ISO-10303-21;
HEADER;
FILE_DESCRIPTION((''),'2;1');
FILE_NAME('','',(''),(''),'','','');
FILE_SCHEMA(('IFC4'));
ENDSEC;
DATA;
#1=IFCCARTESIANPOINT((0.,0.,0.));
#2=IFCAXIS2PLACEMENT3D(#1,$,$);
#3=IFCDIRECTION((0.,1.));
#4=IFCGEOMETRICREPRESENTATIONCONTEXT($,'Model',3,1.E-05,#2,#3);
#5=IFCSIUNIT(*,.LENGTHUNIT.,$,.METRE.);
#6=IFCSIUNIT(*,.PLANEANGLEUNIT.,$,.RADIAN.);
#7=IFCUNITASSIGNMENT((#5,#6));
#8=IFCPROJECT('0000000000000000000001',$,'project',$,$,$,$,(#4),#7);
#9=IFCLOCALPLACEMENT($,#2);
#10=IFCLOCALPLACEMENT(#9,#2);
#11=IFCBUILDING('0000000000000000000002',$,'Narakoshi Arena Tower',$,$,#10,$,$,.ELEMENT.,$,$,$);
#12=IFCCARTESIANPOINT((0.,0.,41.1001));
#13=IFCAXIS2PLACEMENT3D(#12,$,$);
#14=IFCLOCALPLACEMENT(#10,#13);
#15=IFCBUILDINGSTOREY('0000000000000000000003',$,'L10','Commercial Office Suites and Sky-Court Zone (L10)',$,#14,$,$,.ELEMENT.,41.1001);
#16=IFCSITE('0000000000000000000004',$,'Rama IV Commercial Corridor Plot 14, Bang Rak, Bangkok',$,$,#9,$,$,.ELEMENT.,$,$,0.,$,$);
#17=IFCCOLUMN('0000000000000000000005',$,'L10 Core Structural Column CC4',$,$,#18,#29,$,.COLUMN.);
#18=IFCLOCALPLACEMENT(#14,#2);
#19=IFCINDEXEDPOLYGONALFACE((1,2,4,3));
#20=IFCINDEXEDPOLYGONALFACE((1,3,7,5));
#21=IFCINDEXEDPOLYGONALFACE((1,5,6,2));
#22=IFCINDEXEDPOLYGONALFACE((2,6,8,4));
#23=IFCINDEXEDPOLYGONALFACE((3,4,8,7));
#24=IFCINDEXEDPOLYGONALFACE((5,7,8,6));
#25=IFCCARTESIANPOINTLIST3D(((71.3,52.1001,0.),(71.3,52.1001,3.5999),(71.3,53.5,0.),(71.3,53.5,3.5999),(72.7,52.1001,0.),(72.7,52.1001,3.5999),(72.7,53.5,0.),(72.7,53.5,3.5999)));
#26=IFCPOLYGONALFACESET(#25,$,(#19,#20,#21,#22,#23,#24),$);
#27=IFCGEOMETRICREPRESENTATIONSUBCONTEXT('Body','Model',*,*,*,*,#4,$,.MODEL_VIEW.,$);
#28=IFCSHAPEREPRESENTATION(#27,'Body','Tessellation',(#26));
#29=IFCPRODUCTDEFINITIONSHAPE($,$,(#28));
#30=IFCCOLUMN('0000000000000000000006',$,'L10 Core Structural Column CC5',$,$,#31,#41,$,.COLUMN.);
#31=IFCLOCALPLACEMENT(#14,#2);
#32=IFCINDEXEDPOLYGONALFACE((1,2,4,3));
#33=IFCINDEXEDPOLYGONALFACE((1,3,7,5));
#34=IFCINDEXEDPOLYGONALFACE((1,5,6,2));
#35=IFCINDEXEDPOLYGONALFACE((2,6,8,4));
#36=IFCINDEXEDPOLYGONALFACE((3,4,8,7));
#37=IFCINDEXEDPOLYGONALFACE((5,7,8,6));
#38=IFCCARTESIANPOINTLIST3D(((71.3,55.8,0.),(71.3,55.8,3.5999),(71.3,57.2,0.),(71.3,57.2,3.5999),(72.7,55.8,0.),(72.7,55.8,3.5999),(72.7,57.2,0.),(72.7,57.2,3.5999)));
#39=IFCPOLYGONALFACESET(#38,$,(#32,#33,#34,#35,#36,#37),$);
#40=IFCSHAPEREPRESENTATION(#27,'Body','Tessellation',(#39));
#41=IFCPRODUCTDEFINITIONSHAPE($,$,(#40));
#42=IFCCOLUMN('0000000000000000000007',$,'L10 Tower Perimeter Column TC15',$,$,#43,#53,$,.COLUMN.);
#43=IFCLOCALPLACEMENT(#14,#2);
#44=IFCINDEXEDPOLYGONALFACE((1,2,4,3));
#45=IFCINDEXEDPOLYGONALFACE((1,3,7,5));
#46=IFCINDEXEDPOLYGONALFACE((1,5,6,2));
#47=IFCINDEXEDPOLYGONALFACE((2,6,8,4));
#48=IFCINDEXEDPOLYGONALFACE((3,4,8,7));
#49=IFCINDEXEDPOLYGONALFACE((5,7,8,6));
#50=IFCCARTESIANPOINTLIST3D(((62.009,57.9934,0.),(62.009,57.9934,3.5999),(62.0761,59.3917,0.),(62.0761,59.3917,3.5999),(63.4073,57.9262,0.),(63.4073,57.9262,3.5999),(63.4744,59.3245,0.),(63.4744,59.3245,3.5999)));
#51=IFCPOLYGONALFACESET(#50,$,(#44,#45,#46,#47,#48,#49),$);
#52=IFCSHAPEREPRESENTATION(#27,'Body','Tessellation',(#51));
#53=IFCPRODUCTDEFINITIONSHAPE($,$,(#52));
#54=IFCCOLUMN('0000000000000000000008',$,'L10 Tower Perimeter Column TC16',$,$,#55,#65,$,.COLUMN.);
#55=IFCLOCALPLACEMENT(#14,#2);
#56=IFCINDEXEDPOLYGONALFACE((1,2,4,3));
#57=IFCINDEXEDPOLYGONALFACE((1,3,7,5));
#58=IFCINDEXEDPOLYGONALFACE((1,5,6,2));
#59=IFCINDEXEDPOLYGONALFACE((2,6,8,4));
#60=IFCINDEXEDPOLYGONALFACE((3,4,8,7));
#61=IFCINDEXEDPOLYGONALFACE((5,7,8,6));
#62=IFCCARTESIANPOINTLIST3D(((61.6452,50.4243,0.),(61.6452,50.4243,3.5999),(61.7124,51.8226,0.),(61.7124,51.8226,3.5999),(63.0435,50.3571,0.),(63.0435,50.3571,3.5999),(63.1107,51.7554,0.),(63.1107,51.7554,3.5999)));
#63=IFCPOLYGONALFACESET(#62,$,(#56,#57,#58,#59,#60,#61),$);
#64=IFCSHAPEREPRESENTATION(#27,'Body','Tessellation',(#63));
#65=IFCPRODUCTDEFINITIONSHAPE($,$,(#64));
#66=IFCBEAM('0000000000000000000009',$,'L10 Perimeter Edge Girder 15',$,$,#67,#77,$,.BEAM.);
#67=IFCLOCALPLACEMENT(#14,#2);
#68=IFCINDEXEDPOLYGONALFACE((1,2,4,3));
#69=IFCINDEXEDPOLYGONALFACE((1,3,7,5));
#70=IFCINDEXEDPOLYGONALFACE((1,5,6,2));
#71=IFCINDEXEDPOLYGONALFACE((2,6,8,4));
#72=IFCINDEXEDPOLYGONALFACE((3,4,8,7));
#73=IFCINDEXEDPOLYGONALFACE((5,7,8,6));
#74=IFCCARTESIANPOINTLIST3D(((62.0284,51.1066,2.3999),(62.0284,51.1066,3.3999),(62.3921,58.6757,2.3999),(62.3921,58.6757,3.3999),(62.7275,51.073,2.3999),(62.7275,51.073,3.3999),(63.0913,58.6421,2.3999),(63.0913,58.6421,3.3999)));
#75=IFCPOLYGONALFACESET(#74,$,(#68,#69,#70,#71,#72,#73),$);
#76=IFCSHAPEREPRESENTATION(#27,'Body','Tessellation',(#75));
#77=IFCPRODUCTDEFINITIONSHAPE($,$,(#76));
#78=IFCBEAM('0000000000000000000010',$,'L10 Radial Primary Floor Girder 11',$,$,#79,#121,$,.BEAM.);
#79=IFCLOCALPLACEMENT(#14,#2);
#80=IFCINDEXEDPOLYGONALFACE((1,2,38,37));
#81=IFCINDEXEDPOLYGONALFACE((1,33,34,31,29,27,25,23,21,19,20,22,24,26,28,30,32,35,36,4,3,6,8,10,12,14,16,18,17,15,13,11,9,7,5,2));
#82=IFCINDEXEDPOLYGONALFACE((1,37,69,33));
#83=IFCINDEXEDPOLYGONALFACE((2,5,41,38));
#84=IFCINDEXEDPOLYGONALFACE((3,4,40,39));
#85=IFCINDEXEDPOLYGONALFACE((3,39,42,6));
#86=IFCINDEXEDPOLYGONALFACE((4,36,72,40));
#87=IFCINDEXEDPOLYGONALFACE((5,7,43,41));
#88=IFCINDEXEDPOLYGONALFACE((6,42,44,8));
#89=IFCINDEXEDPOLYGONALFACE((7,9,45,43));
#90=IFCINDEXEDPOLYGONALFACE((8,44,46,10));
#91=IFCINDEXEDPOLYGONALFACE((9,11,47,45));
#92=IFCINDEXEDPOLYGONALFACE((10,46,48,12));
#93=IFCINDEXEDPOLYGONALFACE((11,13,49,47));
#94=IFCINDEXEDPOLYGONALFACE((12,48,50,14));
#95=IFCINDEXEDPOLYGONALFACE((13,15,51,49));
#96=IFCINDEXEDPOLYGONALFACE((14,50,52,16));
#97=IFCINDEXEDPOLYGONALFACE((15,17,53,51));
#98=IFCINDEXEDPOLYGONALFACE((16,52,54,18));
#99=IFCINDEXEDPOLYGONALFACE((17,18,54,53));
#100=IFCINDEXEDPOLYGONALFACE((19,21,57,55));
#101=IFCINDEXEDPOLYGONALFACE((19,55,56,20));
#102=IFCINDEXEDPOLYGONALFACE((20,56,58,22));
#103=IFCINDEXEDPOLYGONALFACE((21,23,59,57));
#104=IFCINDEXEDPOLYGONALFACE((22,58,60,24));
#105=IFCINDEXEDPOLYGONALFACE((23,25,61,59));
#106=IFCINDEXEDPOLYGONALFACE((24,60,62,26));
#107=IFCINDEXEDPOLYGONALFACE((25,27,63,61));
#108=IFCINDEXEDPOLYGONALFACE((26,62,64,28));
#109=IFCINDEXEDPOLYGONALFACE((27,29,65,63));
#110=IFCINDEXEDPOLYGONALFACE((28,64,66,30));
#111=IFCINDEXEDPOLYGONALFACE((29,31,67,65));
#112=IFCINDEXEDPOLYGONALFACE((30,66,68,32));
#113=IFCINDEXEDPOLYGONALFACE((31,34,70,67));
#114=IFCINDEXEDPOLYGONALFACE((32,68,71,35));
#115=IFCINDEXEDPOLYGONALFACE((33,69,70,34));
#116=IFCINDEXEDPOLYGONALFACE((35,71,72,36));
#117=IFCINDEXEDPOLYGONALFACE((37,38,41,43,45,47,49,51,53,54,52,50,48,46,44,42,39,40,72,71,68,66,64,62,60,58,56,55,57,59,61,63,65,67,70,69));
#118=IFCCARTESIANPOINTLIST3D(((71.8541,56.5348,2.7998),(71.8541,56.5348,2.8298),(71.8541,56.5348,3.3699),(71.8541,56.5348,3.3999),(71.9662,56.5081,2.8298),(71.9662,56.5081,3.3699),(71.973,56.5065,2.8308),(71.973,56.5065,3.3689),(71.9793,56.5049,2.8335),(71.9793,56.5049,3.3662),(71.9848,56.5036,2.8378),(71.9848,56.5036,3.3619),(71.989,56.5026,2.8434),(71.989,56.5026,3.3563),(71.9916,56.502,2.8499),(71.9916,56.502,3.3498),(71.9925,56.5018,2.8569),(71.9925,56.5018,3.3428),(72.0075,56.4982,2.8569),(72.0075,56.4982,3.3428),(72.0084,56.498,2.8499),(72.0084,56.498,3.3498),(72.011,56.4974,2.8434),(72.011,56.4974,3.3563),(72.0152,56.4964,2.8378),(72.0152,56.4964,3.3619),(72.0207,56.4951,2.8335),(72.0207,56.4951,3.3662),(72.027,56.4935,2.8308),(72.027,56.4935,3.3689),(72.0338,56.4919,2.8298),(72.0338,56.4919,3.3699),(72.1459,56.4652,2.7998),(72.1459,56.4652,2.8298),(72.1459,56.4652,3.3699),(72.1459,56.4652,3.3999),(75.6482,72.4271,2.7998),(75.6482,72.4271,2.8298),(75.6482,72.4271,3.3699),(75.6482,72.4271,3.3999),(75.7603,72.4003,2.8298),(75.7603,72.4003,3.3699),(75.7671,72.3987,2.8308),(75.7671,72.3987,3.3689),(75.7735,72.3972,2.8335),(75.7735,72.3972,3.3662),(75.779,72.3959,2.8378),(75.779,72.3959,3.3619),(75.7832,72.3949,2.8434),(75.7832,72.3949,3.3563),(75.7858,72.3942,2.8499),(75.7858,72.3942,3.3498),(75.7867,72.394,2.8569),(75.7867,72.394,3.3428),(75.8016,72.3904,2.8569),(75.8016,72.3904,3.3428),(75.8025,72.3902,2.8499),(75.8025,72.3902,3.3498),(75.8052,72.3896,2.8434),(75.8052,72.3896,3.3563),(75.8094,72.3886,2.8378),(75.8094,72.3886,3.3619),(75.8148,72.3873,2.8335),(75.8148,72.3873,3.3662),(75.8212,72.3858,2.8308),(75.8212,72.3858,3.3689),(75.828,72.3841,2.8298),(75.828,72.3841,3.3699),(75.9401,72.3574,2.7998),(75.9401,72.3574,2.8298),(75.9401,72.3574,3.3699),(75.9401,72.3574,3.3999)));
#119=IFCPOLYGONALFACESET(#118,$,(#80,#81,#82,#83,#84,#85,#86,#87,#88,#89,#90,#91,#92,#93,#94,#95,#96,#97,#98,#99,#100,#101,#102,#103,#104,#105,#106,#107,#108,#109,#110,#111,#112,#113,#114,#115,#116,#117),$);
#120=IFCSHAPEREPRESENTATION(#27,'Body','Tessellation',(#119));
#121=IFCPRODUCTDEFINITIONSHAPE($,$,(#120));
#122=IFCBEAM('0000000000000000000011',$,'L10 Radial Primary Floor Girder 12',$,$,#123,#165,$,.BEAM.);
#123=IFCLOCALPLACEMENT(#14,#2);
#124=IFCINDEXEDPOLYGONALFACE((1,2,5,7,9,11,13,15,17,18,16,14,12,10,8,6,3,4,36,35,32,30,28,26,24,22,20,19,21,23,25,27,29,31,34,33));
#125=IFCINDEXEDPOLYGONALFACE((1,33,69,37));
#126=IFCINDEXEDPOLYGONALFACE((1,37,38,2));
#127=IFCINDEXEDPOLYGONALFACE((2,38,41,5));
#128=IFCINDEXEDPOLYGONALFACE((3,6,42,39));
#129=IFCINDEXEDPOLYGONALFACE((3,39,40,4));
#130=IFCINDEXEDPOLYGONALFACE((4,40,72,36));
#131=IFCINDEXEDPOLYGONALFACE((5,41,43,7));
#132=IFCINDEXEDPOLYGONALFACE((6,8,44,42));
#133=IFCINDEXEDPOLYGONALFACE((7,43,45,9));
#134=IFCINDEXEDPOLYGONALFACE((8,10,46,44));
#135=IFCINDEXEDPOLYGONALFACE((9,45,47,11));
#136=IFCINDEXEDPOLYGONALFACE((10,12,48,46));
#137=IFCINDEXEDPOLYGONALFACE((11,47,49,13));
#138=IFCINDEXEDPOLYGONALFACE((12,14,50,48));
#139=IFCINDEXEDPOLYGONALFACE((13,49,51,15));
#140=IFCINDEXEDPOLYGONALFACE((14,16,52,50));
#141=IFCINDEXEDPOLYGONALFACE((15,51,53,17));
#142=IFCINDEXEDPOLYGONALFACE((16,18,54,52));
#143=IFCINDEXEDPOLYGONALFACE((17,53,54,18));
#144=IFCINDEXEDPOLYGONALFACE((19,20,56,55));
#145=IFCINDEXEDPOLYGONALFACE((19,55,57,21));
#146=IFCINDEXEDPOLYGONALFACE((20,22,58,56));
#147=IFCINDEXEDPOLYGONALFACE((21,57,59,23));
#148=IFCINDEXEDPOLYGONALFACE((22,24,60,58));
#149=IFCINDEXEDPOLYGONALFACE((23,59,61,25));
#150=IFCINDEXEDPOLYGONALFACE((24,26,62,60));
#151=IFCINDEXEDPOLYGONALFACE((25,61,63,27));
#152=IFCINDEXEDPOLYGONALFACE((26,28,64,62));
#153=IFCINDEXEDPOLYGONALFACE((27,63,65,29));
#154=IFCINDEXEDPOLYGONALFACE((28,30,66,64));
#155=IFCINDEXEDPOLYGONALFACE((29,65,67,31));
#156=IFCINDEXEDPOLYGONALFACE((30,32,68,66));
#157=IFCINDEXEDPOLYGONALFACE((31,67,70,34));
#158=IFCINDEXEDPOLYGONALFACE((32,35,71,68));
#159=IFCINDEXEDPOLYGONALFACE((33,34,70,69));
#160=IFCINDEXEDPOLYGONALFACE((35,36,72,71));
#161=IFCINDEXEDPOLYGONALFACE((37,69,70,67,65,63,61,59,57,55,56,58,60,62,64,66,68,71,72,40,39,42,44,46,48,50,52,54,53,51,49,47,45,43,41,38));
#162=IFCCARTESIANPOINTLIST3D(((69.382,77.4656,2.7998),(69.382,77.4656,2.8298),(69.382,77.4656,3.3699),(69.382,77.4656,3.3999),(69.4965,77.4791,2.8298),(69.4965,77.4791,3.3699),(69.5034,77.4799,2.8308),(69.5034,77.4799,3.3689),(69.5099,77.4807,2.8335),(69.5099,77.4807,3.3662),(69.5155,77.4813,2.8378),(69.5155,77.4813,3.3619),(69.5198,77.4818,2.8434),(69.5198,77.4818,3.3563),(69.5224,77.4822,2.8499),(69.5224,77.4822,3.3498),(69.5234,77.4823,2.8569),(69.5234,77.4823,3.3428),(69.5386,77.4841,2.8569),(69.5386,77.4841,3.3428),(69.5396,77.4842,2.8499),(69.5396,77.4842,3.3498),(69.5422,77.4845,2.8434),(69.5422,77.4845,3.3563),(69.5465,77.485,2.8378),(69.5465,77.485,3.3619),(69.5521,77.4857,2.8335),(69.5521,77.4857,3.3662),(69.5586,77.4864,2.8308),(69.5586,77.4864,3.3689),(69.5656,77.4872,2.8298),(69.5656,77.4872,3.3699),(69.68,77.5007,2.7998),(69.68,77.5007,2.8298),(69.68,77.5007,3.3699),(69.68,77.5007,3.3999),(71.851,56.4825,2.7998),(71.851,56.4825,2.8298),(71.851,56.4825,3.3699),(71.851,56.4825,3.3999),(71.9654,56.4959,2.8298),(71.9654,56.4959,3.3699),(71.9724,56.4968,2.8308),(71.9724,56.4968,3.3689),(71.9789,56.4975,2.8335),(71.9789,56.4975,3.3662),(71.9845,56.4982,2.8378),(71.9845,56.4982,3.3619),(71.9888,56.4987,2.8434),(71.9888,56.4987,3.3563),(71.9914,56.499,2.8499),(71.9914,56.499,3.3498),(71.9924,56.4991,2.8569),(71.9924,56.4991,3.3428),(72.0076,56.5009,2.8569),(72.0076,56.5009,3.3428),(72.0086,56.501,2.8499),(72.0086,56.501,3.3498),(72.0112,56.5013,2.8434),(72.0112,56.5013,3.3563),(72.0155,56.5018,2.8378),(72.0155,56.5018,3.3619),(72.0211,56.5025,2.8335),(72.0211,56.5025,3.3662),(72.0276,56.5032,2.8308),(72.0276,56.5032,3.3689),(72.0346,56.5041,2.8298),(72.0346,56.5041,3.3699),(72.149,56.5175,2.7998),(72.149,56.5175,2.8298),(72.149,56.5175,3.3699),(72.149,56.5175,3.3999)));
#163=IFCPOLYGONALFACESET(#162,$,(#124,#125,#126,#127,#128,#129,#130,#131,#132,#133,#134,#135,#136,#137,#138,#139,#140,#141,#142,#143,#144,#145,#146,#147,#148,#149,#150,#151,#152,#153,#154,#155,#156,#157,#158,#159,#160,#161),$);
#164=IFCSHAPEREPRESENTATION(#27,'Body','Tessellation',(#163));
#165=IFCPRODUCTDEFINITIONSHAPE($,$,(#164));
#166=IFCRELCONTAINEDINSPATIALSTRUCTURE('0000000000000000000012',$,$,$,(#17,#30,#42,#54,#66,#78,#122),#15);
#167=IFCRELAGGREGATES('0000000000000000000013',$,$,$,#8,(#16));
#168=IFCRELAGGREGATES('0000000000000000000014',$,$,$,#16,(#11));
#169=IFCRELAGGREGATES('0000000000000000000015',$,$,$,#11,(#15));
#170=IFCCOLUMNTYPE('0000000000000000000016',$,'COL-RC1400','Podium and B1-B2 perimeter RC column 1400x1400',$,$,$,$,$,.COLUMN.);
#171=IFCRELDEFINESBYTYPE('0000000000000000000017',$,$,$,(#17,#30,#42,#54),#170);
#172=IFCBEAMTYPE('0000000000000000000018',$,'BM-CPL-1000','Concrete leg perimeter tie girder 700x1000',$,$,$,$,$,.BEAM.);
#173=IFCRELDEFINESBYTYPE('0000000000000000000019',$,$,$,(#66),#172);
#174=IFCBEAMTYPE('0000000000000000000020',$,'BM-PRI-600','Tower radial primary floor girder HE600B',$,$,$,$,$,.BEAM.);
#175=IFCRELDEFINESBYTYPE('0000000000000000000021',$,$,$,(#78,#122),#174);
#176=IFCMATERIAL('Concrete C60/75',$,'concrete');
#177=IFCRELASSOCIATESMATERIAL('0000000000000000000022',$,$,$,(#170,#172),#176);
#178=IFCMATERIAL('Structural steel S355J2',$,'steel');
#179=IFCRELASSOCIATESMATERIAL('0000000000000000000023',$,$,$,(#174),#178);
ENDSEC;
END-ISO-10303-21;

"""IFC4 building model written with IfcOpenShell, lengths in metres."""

from ifc_helpers import new_model, si_unit, direction, frame, origin, origin_2d, place, context, subcontext, project, spatial, rectangle, i_section, extrude, material, material_profile, profile_set, type_object, element, save


model = new_model("IFC4")

# Units and contexts
model_context = context("Model", 3, precision=1e-05, world=origin(), true_north=direction((0.0, 1.0)))
body_context = subcontext(model_context, "Body", "Model", "MODEL_VIEW")
ifc_project = project(units=[si_unit("LENGTHUNIT", "METRE"), si_unit("PLANEANGLEUNIT", "RADIAN")], contexts=[model_context])

# Site, building, storey
site_placement = place(None, origin())
site = spatial("IfcSite", under=ifc_project, at=site_placement, Name="Rama IV Commercial Corridor Plot 14, Bang Rak, Bangkok", CompositionType="ELEMENT", RefElevation=0.0)
building_placement = place(site_placement, origin())
building = spatial("IfcBuilding", under=site, at=building_placement, Name="Narakoshi Arena Tower", CompositionType="ELEMENT")
storey_placement = place(building_placement, frame((0.0, 0.0, 41.1001)))
storey = spatial("IfcBuildingStorey", under=building, at=storey_placement, Name="L10", Description="Commercial Office Suites and Sky-Court Zone (L10)", CompositionType="ELEMENT", Elevation=41.1001)

# Columns
ifc_material_1 = material(Name="Concrete C60/75", Category="concrete")
ifc_material_profile_1 = material_profile(ifc_material_1, rectangle(XDim=1.3999, YDim=1.3999, at=origin_2d()), Name="RC1400x1400")
ifc_profile_set_1 = profile_set([ifc_material_profile_1], Name="Concrete C60/75")
column_type = type_object("IfcColumnType", Name="COL-RC1400", Description="Podium and B1-B2 perimeter RC column 1400x1400", PredefinedType="COLUMN", material=ifc_profile_set_1)
for number, where, z_axis, x_axis, name in (
    (1, (72.0, 52.8, 0.0), (0.0, 0.0, 1.0), (1.0, 0.0, 0.0), "L10 Core Structural Column CC4"),
    (2, (72.0, 56.5, 0.0), (0.0, 0.0, 1.0), (1.0, 0.0, 0.0), "L10 Core Structural Column CC5"),
    (3, (62.7417, 58.6589, 0.0), (0.0, 0.0, 1.0), (0.047978, 0.998848, 0.0), "L10 Tower Perimeter Column TC15"),
    (4, (62.3779, 51.0898, 0.0), (0.0, 0.0, 1.0), (0.047978, 0.998848, 0.0), "L10 Tower Perimeter Column TC16"),
):
    element("IfcColumn", number, at=place(storey_placement, frame(where, z_axis=z_axis, x_axis=x_axis)), inside=storey, type_object=column_type, Name=name, PredefinedType="COLUMN", context=body_context, shape_type="SweptSolid", body=[
        extrude(rectangle(XDim=1.3999, YDim=1.3999, at=origin_2d()), origin(), (0.0, 0.0, 1.0), 3.5999),
    ])

# Beams
ifc_material_profile_2 = material_profile(ifc_material_1, rectangle(XDim=0.7, YDim=1.0, at=origin_2d()), Name="RCB700x1000")
ifc_profile_set_2 = profile_set([ifc_material_profile_2], Name="Concrete C60/75")
beam_type_1 = type_object("IfcBeamType", Name="BM-CPL-1000", Description="Concrete leg perimeter tie girder 700x1000", PredefinedType="BEAM", material=ifc_profile_set_2)
beam_1_placement = place(storey_placement, frame((62.7417, 58.6589, 2.8999), z_axis=(-0.048004, -0.998847, 0.0), x_axis=(0.998847, -0.048004, 0.0)))
element("IfcBeam", 5, at=beam_1_placement, inside=storey, type_object=beam_type_1, Name="L10 Perimeter Edge Girder 15", PredefinedType="BEAM", context=body_context, shape_type="SweptSolid", body=[
    extrude(rectangle(XDim=0.7, YDim=1.0, at=origin_2d()), origin(), (0.0, 0.0, 1.0), 7.5779),
])
ifc_material_2 = material(Name="Structural steel S355J2", Category="steel")
ifc_material_profile_3 = material_profile(ifc_material_2, i_section(OverallWidth=0.3, OverallDepth=0.6001, WebThickness=0.0154, FlangeThickness=0.03, FilletRadius=0.0271, at=origin_2d()), Name="HE600B")
ifc_profile_set_3 = profile_set([ifc_material_profile_3], Name="Structural steel S355J2")
beam_type_2 = type_object("IfcBeamType", Name="BM-PRI-600", Description="Tower radial primary floor girder HE600B", PredefinedType="BEAM", material=ifc_profile_set_3)
beam_2_placement = place(storey_placement, frame((72.0, 56.5, 3.0999), z_axis=(0.232217, 0.972664, 0.0), x_axis=(-0.972664, 0.232217, 0.0)))
element("IfcBeam", 6, at=beam_2_placement, inside=storey, type_object=beam_type_2, Name="L10 Radial Primary Floor Girder 11", PredefinedType="BEAM", context=body_context, shape_type="SweptSolid", body=[
    extrude(i_section(OverallWidth=0.3, OverallDepth=0.6001, WebThickness=0.0154, FlangeThickness=0.03, FilletRadius=0.0271, at=origin_2d()), origin(), (0.0, 0.0, 1.0), 16.3389),
])
beam_3_placement = place(storey_placement, frame((72.0, 56.5, 3.0999), z_axis=(-0.116859, 0.993148, 0.0), x_axis=(-0.993148, -0.116859, 0.0)))
element("IfcBeam", 7, at=beam_3_placement, inside=storey, type_object=beam_type_2, Name="L10 Radial Primary Floor Girder 12", PredefinedType="BEAM", context=body_context, shape_type="SweptSolid", body=[
    extrude(i_section(OverallWidth=0.3, OverallDepth=0.6001, WebThickness=0.0154, FlangeThickness=0.03, FilletRadius=0.0271, at=origin_2d()), origin(), (0.0, 0.0, 1.0), 21.1279),
])

save(model, "model.ifc")
